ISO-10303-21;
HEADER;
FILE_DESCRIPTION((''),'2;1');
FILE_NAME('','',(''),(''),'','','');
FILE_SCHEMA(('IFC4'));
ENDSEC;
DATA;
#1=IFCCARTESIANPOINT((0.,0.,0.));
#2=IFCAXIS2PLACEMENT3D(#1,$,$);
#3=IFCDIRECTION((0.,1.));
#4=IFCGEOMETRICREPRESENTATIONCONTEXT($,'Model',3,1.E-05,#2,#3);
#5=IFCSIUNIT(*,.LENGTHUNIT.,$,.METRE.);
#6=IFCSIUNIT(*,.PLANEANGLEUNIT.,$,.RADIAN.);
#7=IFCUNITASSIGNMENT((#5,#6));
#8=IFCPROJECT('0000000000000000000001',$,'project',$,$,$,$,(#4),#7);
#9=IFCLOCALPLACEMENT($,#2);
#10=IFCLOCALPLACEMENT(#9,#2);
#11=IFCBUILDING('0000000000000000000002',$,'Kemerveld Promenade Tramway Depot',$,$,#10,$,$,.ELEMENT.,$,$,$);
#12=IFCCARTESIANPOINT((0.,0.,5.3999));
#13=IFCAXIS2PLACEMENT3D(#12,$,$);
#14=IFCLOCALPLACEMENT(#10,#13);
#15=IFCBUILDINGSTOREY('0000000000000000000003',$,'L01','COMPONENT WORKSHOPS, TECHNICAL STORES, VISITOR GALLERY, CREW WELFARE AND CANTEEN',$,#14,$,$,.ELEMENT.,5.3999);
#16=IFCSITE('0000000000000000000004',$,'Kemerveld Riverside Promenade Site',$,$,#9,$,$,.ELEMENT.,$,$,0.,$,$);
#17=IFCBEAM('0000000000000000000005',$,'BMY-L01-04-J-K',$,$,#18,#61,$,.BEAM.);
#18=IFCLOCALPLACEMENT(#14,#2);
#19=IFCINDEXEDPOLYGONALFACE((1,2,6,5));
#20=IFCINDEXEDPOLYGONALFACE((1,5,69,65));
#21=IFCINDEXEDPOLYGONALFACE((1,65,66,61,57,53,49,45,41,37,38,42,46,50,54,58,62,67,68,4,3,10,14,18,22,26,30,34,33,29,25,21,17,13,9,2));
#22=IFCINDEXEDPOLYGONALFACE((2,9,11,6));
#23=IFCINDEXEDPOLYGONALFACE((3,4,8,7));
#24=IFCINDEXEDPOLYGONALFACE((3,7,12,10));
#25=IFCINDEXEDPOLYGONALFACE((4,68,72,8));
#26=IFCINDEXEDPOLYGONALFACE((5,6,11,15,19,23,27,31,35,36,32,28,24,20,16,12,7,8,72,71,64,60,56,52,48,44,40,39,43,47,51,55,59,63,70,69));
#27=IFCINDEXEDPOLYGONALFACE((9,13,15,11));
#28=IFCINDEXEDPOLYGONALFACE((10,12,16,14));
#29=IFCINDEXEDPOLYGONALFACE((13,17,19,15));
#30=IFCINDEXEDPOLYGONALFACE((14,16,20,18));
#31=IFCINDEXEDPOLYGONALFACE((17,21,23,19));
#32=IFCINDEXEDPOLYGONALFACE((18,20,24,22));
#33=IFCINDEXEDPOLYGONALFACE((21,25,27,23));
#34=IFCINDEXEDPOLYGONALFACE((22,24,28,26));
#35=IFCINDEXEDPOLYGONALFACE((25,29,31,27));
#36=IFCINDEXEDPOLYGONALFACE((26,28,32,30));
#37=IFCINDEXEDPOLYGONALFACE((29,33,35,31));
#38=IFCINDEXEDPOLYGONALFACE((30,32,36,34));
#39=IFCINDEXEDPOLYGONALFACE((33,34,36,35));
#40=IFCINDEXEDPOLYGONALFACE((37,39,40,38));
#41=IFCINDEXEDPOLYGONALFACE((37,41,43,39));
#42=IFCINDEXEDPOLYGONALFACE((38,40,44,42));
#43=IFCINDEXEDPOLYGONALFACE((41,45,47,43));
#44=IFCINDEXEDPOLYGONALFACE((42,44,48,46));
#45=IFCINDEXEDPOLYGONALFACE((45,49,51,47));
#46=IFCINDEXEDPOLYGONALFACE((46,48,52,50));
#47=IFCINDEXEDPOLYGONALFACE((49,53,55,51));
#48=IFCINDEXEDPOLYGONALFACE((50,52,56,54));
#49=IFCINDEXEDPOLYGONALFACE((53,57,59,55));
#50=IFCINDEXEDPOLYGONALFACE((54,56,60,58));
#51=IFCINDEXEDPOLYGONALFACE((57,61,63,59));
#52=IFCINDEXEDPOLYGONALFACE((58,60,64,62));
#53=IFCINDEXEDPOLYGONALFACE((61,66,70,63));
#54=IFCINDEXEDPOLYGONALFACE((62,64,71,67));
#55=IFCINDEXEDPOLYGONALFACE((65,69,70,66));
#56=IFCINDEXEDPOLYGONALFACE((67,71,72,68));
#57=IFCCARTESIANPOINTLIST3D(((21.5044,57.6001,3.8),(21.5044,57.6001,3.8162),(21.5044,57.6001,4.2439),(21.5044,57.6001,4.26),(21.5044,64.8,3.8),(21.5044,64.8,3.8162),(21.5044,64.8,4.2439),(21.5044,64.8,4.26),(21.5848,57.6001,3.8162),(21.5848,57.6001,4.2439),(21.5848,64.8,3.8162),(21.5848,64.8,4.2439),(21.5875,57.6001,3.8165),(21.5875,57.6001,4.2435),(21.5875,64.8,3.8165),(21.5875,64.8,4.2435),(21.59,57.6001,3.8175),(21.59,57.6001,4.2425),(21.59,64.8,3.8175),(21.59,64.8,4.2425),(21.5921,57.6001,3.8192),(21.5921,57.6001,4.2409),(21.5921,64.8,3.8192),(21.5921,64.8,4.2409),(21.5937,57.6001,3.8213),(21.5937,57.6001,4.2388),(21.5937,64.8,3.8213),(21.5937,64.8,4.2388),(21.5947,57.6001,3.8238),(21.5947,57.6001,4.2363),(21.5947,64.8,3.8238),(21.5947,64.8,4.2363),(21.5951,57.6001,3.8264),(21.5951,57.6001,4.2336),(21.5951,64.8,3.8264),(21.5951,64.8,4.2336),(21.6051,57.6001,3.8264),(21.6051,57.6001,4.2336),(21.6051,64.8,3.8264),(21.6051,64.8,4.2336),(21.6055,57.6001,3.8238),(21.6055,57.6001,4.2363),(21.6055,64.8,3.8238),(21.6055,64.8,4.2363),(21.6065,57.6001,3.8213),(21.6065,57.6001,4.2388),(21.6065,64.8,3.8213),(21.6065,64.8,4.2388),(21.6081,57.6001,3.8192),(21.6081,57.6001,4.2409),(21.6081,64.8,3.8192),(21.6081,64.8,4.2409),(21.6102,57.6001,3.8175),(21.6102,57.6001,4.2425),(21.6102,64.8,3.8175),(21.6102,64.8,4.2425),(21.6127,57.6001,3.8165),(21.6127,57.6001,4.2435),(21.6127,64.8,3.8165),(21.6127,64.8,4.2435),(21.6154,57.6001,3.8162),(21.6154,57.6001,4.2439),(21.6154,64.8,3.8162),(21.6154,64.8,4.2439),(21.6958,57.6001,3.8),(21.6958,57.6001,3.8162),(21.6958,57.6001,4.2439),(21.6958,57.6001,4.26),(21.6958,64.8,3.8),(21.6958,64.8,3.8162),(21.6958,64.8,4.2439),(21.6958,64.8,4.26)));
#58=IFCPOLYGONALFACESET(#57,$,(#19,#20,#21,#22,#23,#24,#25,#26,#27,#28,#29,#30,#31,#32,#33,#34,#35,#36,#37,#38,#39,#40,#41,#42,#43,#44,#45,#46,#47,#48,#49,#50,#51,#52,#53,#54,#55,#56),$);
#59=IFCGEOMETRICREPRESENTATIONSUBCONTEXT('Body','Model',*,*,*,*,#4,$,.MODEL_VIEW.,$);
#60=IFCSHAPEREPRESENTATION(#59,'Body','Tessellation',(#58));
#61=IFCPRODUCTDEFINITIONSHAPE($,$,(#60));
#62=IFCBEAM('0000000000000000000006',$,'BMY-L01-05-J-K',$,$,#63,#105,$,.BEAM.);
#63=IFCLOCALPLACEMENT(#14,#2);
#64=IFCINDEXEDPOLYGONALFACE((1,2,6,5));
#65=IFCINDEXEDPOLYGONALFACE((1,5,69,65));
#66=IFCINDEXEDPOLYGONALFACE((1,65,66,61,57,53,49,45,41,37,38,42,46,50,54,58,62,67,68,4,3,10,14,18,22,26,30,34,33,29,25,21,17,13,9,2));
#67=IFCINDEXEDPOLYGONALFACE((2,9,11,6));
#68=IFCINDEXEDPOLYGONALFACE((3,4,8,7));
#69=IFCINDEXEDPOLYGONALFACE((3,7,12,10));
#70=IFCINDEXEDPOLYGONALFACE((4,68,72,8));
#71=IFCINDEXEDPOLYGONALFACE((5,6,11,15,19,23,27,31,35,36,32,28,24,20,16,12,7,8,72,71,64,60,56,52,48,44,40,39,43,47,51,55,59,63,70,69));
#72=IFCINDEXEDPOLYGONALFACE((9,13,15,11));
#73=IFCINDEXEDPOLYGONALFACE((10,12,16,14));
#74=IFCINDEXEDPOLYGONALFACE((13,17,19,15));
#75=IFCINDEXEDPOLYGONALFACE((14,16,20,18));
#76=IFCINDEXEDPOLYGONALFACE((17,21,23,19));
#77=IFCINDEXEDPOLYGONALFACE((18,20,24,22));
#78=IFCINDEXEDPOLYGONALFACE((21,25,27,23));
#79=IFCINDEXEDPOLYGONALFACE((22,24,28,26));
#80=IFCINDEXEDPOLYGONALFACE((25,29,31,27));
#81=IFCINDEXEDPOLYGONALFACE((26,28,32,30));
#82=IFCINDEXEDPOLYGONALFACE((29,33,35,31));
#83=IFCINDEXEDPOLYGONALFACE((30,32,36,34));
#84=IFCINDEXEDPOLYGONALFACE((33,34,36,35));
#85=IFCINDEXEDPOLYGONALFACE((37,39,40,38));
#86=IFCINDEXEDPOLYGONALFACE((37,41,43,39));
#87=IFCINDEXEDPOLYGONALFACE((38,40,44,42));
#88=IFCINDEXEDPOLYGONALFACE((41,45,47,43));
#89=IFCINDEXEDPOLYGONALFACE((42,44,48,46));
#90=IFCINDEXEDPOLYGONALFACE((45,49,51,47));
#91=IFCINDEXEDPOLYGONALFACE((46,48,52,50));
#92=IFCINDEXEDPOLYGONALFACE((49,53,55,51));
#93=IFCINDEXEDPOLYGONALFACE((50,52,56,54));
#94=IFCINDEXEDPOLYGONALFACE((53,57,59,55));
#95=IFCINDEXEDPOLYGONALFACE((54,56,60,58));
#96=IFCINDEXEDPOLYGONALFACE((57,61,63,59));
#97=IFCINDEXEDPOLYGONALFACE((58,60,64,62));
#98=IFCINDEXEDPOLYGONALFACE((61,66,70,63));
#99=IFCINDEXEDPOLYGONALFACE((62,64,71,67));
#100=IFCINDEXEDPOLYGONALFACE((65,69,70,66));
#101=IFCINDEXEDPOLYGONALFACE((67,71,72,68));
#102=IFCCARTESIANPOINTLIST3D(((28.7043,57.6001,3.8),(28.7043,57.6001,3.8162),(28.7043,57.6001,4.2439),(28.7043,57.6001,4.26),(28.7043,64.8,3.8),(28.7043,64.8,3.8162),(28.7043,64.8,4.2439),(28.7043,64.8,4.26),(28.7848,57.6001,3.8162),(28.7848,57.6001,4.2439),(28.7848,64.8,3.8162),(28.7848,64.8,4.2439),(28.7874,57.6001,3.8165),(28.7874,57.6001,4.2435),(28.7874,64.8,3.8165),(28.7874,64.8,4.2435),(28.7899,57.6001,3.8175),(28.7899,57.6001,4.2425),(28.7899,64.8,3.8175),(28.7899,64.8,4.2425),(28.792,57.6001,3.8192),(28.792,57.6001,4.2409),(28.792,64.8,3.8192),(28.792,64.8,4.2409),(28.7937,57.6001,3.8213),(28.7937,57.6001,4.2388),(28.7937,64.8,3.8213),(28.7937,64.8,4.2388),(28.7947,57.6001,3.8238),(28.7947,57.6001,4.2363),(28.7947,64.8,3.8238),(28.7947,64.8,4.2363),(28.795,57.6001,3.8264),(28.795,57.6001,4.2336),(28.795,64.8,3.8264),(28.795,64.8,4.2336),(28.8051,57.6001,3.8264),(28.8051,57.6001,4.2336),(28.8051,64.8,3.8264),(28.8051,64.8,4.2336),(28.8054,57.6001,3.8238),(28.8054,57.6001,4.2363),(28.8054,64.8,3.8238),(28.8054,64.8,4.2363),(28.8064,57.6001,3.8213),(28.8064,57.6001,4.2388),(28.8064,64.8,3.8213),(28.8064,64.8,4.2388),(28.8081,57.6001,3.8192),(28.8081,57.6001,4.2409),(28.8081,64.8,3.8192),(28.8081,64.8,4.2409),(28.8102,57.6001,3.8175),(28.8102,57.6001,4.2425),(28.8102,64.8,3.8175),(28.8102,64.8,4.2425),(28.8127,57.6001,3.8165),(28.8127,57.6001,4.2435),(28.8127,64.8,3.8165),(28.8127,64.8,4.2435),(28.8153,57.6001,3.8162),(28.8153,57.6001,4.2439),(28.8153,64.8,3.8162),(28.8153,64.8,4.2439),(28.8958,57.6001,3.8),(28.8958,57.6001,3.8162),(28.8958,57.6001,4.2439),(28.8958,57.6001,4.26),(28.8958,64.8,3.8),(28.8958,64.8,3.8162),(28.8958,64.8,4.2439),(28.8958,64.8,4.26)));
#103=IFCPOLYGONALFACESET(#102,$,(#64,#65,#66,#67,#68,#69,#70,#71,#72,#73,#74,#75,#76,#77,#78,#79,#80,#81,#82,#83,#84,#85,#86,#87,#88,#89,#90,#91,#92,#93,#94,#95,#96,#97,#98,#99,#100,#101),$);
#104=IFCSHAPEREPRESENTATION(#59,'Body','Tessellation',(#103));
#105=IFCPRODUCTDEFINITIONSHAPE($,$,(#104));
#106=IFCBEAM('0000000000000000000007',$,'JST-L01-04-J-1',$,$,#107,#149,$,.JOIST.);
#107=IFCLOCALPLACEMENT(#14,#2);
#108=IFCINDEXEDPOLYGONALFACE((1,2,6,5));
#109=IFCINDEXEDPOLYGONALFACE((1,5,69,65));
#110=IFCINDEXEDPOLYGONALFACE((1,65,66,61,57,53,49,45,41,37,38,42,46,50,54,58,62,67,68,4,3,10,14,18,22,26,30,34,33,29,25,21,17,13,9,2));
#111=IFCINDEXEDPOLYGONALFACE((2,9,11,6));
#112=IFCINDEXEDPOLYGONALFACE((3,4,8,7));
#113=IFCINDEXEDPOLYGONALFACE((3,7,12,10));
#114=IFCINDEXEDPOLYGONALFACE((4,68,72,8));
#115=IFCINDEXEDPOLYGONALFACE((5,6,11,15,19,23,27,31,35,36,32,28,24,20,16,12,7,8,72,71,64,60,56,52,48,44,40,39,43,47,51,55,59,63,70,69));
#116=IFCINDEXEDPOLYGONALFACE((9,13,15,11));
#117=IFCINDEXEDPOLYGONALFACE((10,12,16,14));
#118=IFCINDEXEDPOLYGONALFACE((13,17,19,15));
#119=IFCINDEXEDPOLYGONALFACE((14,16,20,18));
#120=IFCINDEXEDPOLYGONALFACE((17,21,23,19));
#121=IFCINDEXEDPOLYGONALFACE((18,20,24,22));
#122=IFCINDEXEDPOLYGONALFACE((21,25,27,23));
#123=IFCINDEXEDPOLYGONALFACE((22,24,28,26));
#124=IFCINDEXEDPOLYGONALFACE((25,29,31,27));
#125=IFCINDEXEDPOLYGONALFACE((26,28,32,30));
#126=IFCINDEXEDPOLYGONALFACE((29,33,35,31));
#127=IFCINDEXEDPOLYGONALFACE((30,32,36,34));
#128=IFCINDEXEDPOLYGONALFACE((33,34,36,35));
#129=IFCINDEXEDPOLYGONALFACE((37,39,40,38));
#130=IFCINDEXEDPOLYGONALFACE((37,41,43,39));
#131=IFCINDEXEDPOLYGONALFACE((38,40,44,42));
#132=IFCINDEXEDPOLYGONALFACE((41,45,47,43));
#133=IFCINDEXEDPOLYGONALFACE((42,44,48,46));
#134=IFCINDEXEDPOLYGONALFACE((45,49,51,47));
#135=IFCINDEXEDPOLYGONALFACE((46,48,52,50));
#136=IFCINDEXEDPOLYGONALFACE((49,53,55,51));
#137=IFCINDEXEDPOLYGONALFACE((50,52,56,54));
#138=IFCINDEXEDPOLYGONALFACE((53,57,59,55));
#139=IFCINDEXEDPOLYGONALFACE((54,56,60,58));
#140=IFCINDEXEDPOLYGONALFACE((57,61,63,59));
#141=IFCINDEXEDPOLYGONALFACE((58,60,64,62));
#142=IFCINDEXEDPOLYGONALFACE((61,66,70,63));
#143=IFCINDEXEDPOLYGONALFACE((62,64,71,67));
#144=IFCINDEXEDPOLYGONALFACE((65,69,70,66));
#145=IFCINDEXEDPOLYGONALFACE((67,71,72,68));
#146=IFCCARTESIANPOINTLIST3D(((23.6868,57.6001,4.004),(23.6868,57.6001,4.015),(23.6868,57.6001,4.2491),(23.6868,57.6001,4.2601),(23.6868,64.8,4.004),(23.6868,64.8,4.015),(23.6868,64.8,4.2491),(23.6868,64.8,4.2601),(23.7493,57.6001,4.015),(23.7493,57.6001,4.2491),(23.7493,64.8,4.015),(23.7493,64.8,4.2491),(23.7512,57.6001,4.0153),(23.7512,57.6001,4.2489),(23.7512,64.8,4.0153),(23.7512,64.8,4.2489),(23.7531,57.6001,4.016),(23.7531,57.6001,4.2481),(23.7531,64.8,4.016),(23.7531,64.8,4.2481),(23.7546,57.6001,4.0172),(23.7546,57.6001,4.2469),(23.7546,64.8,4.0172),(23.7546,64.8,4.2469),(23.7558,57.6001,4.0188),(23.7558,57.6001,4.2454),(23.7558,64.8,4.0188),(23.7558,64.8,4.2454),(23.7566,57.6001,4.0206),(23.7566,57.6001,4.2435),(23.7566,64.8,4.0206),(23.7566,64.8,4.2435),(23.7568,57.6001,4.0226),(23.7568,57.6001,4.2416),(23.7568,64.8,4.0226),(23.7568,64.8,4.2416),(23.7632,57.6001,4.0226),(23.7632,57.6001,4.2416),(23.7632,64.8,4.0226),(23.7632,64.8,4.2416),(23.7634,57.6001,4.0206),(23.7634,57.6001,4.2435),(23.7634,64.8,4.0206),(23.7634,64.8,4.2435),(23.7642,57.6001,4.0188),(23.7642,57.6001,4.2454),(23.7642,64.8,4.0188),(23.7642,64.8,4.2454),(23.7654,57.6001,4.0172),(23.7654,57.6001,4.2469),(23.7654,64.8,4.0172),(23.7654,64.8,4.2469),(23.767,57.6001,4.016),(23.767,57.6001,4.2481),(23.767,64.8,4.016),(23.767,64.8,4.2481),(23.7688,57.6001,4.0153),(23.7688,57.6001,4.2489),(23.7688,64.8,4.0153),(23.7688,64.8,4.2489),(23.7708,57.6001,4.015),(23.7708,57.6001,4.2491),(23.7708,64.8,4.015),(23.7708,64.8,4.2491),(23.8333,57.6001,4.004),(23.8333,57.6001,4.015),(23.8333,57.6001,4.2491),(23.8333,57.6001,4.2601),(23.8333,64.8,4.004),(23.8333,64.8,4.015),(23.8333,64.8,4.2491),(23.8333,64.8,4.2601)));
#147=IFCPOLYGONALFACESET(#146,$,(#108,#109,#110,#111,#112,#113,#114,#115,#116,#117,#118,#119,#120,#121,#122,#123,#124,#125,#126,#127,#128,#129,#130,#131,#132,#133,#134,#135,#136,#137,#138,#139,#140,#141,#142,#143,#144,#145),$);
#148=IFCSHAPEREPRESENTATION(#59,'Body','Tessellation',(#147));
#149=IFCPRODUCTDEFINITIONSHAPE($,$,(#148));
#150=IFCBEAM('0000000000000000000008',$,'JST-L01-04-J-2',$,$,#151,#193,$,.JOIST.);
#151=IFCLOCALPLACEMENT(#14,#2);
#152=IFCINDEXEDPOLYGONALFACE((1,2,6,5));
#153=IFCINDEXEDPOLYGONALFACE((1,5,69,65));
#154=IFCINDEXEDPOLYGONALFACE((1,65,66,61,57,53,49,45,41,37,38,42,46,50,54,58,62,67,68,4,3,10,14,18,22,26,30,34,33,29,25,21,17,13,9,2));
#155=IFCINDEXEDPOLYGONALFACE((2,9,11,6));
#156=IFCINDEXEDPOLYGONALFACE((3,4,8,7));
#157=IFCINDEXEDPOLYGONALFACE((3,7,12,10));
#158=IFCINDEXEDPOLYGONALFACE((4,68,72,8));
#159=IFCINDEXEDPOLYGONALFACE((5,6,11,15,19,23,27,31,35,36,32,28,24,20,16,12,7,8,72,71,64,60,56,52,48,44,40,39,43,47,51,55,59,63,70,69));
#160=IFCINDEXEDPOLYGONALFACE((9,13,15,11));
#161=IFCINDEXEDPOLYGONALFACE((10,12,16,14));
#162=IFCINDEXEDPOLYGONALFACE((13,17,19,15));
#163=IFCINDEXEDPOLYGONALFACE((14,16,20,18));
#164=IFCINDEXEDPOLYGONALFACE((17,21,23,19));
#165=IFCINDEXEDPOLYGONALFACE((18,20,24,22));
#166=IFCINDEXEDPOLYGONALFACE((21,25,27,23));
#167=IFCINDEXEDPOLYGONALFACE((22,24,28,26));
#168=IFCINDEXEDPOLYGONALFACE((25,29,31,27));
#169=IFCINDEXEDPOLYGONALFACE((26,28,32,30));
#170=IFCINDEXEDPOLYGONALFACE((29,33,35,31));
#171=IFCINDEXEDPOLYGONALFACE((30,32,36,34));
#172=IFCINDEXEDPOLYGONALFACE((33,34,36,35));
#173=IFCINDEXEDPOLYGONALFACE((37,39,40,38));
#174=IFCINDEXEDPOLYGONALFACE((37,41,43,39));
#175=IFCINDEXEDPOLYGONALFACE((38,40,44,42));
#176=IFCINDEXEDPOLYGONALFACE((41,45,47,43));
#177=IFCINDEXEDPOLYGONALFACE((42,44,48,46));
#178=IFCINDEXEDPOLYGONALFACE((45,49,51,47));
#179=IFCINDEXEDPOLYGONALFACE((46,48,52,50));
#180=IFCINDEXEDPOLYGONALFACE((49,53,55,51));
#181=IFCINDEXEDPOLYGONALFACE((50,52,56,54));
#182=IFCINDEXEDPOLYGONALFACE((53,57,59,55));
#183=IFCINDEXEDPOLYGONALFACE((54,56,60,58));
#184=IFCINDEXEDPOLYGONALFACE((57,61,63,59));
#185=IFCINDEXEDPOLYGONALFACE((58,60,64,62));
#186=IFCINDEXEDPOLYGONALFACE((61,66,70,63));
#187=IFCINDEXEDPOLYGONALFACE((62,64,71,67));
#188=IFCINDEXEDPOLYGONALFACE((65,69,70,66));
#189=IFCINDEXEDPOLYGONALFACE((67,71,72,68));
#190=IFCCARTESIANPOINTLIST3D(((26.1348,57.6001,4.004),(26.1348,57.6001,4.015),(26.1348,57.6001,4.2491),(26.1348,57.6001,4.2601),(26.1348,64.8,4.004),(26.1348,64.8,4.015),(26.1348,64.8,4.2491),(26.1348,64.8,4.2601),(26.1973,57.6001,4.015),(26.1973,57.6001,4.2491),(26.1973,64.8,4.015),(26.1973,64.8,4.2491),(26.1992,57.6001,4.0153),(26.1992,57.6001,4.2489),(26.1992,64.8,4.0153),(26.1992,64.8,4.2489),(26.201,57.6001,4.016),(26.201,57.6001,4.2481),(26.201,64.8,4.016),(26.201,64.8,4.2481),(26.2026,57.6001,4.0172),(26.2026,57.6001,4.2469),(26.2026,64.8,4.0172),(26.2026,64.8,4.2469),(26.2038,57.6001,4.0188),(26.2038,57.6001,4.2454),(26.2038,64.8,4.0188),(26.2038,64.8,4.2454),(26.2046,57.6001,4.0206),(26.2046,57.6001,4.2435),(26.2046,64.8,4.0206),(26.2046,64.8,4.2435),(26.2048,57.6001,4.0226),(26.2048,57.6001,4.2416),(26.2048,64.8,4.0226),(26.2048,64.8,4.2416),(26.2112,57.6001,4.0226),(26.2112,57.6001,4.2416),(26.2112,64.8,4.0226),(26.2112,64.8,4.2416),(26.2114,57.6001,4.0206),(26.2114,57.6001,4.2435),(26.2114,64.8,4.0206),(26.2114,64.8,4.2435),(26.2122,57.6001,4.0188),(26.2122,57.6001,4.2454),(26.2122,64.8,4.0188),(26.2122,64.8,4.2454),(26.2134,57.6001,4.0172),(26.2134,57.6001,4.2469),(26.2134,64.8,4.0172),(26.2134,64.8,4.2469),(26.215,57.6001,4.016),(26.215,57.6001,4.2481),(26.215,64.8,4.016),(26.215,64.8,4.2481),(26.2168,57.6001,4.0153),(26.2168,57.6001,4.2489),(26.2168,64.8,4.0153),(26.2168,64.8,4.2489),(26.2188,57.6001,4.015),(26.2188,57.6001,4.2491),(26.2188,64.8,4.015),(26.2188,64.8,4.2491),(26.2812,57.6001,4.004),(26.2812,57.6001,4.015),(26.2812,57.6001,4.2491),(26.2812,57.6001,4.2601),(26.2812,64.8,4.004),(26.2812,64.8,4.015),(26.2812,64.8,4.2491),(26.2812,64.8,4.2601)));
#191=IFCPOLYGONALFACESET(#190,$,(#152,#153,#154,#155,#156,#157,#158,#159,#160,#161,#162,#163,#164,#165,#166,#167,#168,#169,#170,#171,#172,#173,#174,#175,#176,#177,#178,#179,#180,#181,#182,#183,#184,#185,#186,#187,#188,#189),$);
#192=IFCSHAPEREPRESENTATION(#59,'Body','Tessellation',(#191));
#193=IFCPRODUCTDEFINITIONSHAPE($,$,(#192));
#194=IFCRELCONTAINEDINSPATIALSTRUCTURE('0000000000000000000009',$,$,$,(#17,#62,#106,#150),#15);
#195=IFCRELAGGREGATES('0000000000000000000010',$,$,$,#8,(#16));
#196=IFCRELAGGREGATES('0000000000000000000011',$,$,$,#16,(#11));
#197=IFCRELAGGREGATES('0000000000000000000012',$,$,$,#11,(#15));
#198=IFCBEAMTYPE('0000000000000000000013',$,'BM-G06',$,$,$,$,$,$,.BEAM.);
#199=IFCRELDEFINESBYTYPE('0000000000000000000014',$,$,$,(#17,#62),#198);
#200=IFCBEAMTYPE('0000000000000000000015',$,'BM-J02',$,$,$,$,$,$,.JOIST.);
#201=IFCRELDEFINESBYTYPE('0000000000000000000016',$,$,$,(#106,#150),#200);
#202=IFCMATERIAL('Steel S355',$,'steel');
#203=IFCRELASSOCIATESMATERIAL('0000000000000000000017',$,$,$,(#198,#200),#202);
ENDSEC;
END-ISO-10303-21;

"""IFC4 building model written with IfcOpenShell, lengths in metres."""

from ifc_helpers import new_model, si_unit, direction, frame, origin, origin_2d, place, context, subcontext, project, spatial, i_section, extrude, material, material_profile, profile_set, type_object, element, save


model = new_model("IFC4")

# Units and contexts
model_context = context("Model", 3, precision=1e-05, world=origin(), true_north=direction((0.0, 1.0)))
body_context = subcontext(model_context, "Body", "Model", "MODEL_VIEW")
ifc_project = project(units=[si_unit("LENGTHUNIT", "METRE"), si_unit("PLANEANGLEUNIT", "RADIAN")], contexts=[model_context])

# Site, building, storey
site_placement = place(None, origin())
site = spatial("IfcSite", under=ifc_project, at=site_placement, Name="Kemerveld Riverside Promenade Site", CompositionType="ELEMENT", RefElevation=0.0)
building_placement = place(site_placement, origin())
building = spatial("IfcBuilding", under=site, at=building_placement, Name="Kemerveld Promenade Tramway Depot", CompositionType="ELEMENT")
storey_placement = place(building_placement, frame((0.0, 0.0, 5.3999)))
storey = spatial("IfcBuildingStorey", under=building, at=storey_placement, Name="L01", Description="COMPONENT WORKSHOPS, TECHNICAL STORES, VISITOR GALLERY, CREW WELFARE AND CANTEEN", CompositionType="ELEMENT", Elevation=5.3999)

# Shared definitions
ifc_material_1 = material(Name="Steel S355", Category="steel")

# Beams
ifc_material_profile_1 = material_profile(ifc_material_1, i_section(OverallWidth=0.1914, OverallDepth=0.46, WebThickness=0.01, FlangeThickness=0.0161, FilletRadius=0.0103, at=origin_2d()), Name="457x191x82 UB")
ifc_profile_set_1 = profile_set([ifc_material_profile_1], Name="Steel S355")
beam_type_1 = type_object("IfcBeamType", Name="BM-G06", PredefinedType="BEAM", material=ifc_profile_set_1)
for number, where, z_axis, x_axis, name in (
    (1, (21.6001, 57.6001, 4.03), (0.0, 1.0, 0.0), (-1.0, 0.0, 0.0), "BMY-L01-04-J-K"),
    (2, (28.8, 57.6001, 4.03), (0.0, 1.0, 0.0), (-1.0, 0.0, 0.0), "BMY-L01-05-J-K"),
):
    element("IfcBeam", number, at=place(storey_placement, frame(where, z_axis=z_axis, x_axis=x_axis)), inside=storey, type_object=beam_type_1, Name=name, PredefinedType="BEAM", context=body_context, shape_type="SweptSolid", body=[
        extrude(i_section(OverallWidth=0.1914, OverallDepth=0.46, WebThickness=0.01, FlangeThickness=0.0161, FilletRadius=0.0103, at=origin_2d()), origin(), (0.0, 0.0, 1.0), 7.2),
    ])
ifc_material_profile_2 = material_profile(ifc_material_1, i_section(OverallWidth=0.1465, OverallDepth=0.2561, WebThickness=0.0063, FlangeThickness=0.011, FilletRadius=0.0076, at=origin_2d()), Name="254x146x37 UB")
ifc_profile_set_2 = profile_set([ifc_material_profile_2], Name="Steel S355")
beam_type_2 = type_object("IfcBeamType", Name="BM-J02", PredefinedType="JOIST", material=ifc_profile_set_2)
for number, where, z_axis, x_axis, name in (
    (3, (23.76, 57.6001, 4.1321), (0.0, 1.0, 0.0), (-1.0, 0.0, 0.0), "JST-L01-04-J-1"),
    (4, (26.208, 57.6001, 4.1321), (0.0, 1.0, 0.0), (-1.0, 0.0, 0.0), "JST-L01-04-J-2"),
):
    element("IfcBeam", number, at=place(storey_placement, frame(where, z_axis=z_axis, x_axis=x_axis)), inside=storey, type_object=beam_type_2, Name=name, PredefinedType="JOIST", context=body_context, shape_type="SweptSolid", body=[
        extrude(i_section(OverallWidth=0.1465, OverallDepth=0.2561, WebThickness=0.0063, FlangeThickness=0.011, FilletRadius=0.0076, at=origin_2d()), origin(), (0.0, 0.0, 1.0), 7.2),
    ])

save(model, "model.ifc")
